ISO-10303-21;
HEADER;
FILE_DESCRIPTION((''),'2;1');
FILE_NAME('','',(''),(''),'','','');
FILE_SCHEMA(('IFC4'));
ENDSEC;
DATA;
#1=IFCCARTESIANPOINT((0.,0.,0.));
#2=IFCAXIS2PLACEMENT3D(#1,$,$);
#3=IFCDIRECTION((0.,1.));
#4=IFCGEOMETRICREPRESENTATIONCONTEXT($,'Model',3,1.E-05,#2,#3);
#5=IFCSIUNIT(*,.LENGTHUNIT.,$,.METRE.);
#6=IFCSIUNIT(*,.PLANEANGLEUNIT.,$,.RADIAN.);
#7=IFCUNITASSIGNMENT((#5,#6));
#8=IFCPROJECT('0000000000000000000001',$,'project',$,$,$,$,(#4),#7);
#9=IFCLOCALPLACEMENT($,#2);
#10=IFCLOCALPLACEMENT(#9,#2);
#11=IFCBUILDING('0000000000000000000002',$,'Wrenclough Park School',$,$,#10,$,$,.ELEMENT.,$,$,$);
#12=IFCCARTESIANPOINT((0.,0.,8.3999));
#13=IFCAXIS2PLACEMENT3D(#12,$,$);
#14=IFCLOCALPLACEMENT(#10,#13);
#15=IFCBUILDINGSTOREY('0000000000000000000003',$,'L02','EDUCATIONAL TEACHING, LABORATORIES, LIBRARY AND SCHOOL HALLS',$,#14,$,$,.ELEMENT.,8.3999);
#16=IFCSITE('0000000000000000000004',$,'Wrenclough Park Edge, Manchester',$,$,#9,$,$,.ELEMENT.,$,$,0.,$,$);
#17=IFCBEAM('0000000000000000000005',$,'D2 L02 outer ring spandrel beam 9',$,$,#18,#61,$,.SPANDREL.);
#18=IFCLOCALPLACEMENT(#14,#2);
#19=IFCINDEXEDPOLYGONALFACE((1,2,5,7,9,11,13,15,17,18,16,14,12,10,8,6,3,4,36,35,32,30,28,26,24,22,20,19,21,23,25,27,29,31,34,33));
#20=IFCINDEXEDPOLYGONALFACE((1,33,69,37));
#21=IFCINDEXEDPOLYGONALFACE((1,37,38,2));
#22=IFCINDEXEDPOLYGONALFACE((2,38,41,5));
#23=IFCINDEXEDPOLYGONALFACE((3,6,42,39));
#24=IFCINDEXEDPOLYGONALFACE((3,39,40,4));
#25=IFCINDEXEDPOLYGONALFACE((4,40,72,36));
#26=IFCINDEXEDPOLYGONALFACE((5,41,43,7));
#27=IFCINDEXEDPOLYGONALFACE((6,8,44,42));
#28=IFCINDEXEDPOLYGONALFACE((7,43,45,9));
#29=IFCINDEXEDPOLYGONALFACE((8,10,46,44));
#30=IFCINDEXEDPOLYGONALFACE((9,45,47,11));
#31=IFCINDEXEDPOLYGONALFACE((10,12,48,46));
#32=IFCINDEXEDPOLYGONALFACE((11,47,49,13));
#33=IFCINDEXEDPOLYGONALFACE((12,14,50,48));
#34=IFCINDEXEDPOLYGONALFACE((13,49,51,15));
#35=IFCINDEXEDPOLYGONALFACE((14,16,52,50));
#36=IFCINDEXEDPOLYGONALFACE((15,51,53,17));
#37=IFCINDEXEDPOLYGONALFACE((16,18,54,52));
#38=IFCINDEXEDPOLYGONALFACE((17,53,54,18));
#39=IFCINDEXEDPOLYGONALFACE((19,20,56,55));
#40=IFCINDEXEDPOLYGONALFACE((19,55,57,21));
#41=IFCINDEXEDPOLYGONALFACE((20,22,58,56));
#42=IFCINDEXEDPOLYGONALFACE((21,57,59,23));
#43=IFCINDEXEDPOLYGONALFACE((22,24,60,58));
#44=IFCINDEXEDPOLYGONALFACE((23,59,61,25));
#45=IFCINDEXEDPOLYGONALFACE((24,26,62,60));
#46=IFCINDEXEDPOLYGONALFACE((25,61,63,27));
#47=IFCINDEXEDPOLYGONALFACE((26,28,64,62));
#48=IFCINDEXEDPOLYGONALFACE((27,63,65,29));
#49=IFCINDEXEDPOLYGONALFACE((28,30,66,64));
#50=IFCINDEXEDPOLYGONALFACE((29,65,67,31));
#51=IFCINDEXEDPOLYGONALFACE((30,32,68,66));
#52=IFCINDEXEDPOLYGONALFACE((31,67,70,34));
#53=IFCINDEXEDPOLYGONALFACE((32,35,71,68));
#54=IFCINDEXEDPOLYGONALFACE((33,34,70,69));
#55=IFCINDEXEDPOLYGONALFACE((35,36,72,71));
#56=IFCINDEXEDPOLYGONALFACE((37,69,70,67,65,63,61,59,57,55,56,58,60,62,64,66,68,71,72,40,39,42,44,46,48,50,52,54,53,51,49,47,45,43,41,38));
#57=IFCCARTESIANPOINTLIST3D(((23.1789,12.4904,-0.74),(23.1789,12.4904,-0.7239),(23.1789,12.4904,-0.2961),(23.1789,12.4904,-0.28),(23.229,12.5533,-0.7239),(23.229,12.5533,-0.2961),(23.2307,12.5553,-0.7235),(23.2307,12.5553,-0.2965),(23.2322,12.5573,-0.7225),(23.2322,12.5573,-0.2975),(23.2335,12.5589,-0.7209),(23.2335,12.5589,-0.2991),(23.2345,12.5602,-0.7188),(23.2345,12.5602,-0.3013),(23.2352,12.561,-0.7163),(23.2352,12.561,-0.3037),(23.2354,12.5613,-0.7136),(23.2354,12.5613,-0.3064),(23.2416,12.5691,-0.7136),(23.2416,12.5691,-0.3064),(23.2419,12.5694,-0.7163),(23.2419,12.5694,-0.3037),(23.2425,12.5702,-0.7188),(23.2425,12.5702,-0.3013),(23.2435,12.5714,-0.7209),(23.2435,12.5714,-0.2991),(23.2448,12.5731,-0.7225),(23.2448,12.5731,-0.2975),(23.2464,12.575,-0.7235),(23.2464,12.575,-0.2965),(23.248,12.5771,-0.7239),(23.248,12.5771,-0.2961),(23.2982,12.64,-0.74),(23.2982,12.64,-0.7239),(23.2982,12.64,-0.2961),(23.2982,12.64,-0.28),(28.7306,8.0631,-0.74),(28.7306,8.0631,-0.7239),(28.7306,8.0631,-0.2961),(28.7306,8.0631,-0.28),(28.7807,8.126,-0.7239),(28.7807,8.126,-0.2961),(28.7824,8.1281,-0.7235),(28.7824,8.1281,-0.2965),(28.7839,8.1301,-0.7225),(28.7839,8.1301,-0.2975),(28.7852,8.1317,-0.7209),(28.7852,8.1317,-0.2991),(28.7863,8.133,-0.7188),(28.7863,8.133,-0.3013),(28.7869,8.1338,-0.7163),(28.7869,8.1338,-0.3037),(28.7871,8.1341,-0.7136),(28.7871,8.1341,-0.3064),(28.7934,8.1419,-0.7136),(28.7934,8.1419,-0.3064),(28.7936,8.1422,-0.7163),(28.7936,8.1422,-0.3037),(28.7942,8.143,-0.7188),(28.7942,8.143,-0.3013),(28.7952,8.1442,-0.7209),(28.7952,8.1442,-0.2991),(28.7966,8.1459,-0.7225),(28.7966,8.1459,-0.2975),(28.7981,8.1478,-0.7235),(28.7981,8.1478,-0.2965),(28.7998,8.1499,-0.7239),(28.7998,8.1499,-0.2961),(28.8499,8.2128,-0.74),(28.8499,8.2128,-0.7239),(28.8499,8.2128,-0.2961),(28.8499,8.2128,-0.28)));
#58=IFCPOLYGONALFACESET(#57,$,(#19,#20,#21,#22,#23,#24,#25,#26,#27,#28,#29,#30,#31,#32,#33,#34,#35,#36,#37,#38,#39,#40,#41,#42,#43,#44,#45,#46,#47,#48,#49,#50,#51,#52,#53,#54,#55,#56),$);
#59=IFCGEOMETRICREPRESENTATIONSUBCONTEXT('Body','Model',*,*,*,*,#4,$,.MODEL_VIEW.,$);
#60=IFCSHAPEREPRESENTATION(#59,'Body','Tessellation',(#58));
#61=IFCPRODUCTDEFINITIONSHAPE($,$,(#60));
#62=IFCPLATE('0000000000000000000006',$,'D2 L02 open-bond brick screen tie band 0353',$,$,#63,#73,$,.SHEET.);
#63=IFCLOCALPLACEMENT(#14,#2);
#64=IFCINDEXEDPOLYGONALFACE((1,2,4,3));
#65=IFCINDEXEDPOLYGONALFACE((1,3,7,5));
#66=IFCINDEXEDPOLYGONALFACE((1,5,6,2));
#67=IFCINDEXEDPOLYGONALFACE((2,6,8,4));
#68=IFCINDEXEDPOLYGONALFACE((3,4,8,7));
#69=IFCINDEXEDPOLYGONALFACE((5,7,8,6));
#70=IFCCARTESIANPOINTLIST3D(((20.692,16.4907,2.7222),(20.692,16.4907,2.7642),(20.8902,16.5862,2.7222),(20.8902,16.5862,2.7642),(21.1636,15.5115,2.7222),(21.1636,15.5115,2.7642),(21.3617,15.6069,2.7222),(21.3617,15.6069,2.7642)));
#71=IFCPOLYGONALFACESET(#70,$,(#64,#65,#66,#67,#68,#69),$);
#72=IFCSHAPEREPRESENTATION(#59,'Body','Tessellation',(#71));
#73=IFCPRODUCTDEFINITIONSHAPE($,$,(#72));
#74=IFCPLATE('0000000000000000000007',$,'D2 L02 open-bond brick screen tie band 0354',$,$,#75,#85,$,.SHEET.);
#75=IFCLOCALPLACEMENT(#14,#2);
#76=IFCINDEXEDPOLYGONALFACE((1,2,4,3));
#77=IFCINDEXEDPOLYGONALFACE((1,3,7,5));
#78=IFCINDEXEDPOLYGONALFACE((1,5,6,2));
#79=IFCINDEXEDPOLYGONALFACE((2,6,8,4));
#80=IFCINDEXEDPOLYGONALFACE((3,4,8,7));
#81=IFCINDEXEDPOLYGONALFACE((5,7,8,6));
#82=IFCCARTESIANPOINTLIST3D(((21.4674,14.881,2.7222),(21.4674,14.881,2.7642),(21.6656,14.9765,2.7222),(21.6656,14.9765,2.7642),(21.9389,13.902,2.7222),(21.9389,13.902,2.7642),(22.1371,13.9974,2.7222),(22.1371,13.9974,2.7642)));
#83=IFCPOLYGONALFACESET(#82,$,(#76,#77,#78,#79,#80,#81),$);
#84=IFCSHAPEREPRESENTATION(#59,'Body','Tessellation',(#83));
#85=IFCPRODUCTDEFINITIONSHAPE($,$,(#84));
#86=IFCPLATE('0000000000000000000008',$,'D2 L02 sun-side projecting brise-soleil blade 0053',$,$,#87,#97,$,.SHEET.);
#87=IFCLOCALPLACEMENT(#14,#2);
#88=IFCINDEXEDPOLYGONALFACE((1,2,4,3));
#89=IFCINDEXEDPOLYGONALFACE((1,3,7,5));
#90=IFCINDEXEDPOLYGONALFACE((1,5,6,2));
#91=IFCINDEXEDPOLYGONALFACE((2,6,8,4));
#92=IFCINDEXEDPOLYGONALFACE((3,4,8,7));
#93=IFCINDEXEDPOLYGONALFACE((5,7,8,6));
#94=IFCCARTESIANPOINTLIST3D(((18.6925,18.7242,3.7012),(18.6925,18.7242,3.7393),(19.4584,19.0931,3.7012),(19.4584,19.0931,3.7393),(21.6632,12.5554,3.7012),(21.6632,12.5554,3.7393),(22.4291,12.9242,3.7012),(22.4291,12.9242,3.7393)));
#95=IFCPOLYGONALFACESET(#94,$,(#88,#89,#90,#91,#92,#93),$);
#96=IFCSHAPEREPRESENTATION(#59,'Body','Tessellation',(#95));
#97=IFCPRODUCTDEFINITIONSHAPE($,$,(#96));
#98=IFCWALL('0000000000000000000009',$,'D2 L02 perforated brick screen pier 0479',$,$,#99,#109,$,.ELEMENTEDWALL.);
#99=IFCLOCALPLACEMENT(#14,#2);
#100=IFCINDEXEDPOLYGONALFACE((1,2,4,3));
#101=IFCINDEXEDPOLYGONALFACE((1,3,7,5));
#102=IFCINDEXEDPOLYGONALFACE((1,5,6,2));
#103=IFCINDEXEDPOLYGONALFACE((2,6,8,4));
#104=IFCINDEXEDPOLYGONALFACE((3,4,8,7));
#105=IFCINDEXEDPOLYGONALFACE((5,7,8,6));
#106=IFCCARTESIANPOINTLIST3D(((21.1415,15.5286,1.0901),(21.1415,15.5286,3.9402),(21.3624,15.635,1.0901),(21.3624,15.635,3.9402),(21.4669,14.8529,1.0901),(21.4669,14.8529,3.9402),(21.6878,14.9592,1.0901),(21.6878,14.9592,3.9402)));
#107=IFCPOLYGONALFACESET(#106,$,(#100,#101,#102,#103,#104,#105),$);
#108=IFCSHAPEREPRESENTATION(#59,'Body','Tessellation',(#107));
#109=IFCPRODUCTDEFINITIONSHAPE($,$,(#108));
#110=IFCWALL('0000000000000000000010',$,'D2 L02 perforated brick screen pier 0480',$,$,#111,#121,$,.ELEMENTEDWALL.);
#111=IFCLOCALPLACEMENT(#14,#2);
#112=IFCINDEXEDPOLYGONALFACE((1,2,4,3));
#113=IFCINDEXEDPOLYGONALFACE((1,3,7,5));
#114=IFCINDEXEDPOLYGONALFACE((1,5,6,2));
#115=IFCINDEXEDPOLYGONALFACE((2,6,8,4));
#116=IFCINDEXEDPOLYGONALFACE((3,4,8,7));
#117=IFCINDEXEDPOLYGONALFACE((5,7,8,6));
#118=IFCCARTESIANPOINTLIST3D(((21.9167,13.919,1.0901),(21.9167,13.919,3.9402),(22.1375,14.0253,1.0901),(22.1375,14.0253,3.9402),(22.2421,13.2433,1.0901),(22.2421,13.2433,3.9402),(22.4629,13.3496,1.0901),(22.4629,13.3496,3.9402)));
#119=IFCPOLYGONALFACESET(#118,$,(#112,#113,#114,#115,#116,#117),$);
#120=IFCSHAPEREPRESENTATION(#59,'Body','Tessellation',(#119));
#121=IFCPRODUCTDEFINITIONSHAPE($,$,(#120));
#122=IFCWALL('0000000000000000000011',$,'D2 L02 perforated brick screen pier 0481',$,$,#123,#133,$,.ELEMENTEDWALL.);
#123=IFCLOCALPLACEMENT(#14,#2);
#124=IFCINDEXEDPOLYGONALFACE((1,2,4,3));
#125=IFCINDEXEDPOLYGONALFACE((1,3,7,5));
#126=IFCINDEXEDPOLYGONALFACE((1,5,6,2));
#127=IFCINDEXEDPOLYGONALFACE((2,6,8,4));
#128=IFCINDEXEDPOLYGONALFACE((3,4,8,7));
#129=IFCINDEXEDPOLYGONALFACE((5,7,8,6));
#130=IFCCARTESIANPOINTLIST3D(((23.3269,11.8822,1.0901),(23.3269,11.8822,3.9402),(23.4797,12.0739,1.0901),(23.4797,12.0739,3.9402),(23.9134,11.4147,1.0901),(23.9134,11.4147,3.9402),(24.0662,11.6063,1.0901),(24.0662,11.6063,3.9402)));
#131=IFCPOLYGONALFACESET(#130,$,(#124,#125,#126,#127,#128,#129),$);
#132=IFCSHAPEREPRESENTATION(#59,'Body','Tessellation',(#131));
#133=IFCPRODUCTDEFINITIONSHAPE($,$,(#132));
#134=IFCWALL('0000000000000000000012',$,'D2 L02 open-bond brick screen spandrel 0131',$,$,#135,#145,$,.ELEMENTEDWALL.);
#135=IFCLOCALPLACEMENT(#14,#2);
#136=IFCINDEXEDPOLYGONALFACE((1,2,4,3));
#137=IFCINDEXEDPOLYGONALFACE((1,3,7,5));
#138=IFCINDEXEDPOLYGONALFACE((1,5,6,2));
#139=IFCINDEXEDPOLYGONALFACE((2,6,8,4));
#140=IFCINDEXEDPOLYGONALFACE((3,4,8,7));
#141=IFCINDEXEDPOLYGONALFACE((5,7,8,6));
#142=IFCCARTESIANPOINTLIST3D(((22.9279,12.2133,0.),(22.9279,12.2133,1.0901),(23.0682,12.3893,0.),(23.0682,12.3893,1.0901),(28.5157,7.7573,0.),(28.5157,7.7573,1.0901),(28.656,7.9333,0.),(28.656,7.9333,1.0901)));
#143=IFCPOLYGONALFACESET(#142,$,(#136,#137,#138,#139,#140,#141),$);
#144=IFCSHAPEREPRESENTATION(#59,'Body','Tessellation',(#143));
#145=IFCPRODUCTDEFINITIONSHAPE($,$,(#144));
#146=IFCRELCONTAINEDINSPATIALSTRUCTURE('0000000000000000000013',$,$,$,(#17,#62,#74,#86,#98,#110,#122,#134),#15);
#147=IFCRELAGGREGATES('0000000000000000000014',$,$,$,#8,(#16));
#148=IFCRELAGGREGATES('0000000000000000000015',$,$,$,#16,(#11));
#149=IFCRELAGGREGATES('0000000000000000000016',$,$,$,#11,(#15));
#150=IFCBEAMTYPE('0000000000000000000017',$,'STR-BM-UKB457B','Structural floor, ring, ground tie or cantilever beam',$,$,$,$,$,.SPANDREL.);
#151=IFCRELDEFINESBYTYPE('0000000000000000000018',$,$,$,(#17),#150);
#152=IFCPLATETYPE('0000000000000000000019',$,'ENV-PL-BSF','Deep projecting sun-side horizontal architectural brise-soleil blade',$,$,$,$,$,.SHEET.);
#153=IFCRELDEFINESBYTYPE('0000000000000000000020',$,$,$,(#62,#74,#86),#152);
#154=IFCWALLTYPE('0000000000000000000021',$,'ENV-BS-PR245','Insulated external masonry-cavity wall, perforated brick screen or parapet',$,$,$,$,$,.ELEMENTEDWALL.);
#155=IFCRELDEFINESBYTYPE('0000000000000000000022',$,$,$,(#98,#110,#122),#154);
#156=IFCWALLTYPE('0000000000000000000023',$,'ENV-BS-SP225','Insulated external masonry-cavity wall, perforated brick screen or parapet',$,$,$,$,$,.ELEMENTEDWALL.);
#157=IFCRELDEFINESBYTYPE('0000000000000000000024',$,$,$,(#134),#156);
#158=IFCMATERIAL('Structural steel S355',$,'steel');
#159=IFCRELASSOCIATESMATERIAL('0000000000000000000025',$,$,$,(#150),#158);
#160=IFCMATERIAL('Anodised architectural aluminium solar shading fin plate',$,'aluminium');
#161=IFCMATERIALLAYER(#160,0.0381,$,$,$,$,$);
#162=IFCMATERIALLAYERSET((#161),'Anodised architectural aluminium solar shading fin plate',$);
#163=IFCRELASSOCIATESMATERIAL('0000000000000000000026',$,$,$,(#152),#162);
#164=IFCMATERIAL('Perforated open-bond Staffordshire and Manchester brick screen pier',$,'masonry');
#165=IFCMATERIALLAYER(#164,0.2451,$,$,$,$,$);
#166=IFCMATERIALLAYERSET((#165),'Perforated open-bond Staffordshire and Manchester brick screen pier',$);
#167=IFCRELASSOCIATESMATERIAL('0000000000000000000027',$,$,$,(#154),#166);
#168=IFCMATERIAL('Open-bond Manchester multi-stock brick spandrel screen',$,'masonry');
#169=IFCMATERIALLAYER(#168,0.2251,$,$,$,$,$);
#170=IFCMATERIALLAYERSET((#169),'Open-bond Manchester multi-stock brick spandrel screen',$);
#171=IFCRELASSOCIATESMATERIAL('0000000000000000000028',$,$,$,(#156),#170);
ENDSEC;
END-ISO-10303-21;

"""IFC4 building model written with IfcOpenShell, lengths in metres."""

from ifc_helpers import new_model, si_unit, direction, frame, frame_2d, origin, origin_2d, place, context, subcontext, project, spatial, rectangle, i_section, extrude, material, layer, layer_set, material_profile, profile_set, type_object, element, save


model = new_model("IFC4")

# Units and contexts
model_context = context("Model", 3, precision=1e-05, world=origin(), true_north=direction((0.0, 1.0)))
body_context = subcontext(model_context, "Body", "Model", "MODEL_VIEW")
ifc_project = project(units=[si_unit("LENGTHUNIT", "METRE"), si_unit("PLANEANGLEUNIT", "RADIAN")], contexts=[model_context])

# Site, building, storey
site_placement = place(None, origin())
site = spatial("IfcSite", under=ifc_project, at=site_placement, Name="Wrenclough Park Edge, Manchester", CompositionType="ELEMENT", RefElevation=0.0)
building_placement = place(site_placement, origin())
building = spatial("IfcBuilding", under=site, at=building_placement, Name="Wrenclough Park School", CompositionType="ELEMENT")
storey_placement = place(building_placement, frame((0.0, 0.0, 8.3999)))
storey = spatial("IfcBuildingStorey", under=building, at=storey_placement, Name="L02", Description="EDUCATIONAL TEACHING, LABORATORIES, LIBRARY AND SCHOOL HALLS", CompositionType="ELEMENT", Elevation=8.3999)

# Beam
ifc_material_1 = material(Name="Structural steel S355", Category="steel")
ifc_material_profile_1 = material_profile(ifc_material_1, i_section(OverallWidth=0.1914, OverallDepth=0.46, WebThickness=0.01, FlangeThickness=0.0161, FilletRadius=0.0103, at=origin_2d()), Name="UKB 457x191x82")
ifc_profile_set_1 = profile_set([ifc_material_profile_1], Name="Structural steel S355")
beam_type = type_object("IfcBeamType", Name="STR-BM-UKB457B", Description="Structural floor, ring, ground tie or cantilever beam", PredefinedType="SPANDREL", material=ifc_profile_set_1)
beam_placement = place(storey_placement, frame((23.2385, 12.5652, -0.51), z_axis=(0.781841, -0.623478, 0.0), x_axis=(0.623478, 0.781841, 0.0)))
element("IfcBeam", 1, at=beam_placement, inside=storey, type_object=beam_type, Name="D2 L02 outer ring spandrel beam 9", PredefinedType="SPANDREL", context=body_context, shape_type="SweptSolid", body=[
    extrude(i_section(OverallWidth=0.1914, OverallDepth=0.46, WebThickness=0.01, FlangeThickness=0.0161, FilletRadius=0.0103, at=origin_2d()), origin(), (0.0, 0.0, 1.0), 7.1008),
])

# Plates
ifc_material_2 = material(Name="Anodised architectural aluminium solar shading fin plate", Category="aluminium")
ifc_layer_1 = layer(ifc_material_2, 0.0381)
ifc_layer_set_1 = layer_set([ifc_layer_1], Name="Anodised architectural aluminium solar shading fin plate")
plate_type = type_object("IfcPlateType", Name="ENV-PL-BSF", Description="Deep projecting sun-side horizontal architectural brise-soleil blade", PredefinedType="SHEET", material=ifc_layer_set_1)
plate_1_placement = place(storey_placement, frame((21.0269, 16.0488, 2.7222), z_axis=(0.0, 0.0, 1.0), x_axis=(0.433883, -0.900969, 0.0)))
element("IfcPlate", 2, at=plate_1_placement, inside=storey, type_object=plate_type, Name="D2 L02 open-bond brick screen tie band 0353", PredefinedType="SHEET", context=body_context, shape_type="SweptSolid", body=[
    extrude(rectangle(XDim=1.0869, YDim=0.22, at=origin_2d()), origin(), (0.0, 0.0, 1.0), 0.042),
])
plate_2_placement = place(storey_placement, frame((21.8022, 14.4392, 2.7222), z_axis=(0.0, 0.0, 1.0), x_axis=(0.433883, -0.900969, 0.0)))
element("IfcPlate", 3, at=plate_2_placement, inside=storey, type_object=plate_type, Name="D2 L02 open-bond brick screen tie band 0354", PredefinedType="SHEET", context=body_context, shape_type="SweptSolid", body=[
    extrude(rectangle(XDim=1.0867, YDim=0.22, at=origin_2d()), origin(), (0.0, 0.0, 1.0), 0.042),
])
plate_3_placement = place(storey_placement, frame((20.5608, 15.8242, 3.7012), z_axis=(0.0, 0.0, 1.0), x_axis=(0.433883, -0.900969, 0.0)))
element("IfcPlate", 4, at=plate_3_placement, inside=storey, type_object=plate_type, Name="D2 L02 sun-side projecting brise-soleil blade 0053", PredefinedType="SHEET", context=body_context, shape_type="SweptSolid", body=[
    extrude(rectangle(XDim=6.8469, YDim=0.8501, at=origin_2d()), origin(), (0.0, 0.0, 1.0), 0.0381),
])

# Walls
ifc_material_3 = material(Name="Perforated open-bond Staffordshire and Manchester brick screen pier", Category="masonry")
ifc_layer_2 = layer(ifc_material_3, 0.2451)
ifc_layer_set_2 = layer_set([ifc_layer_2], Name="Perforated open-bond Staffordshire and Manchester brick screen pier")
wall_type_1 = type_object("IfcWallType", Name="ENV-BS-PR245", Description="Insulated external masonry-cavity wall, perforated brick screen or parapet", PredefinedType="ELEMENTEDWALL", material=ifc_layer_set_2)
for number, where, z_axis, x_axis, name in (
    (5, (21.252, 15.5818, 1.0901), (0.0, 0.0, 1.0), (0.433884, -0.900969, 0.0), "D2 L02 perforated brick screen pier 0479"),
    (6, (22.0271, 13.9722, 1.0901), (0.0, 0.0, 1.0), (0.433884, -0.900969, 0.0), "D2 L02 perforated brick screen pier 0480"),
    (7, (23.4033, 11.978, 1.0901), (0.0, 0.0, 1.0), (0.781916, -0.623384, 0.0), "D2 L02 perforated brick screen pier 0481"),
):
    element("IfcWall", number, at=place(storey_placement, frame(where, z_axis=z_axis, x_axis=x_axis)), inside=storey, type_object=wall_type_1, Name=name, PredefinedType="ELEMENTEDWALL", context=body_context, shape_type="SweptSolid", body=[
        extrude(rectangle(XDim=0.75, YDim=0.2451, at=frame_2d((0.375, 0.0))), origin(), (0.0, 0.0, 1.0), 2.8501),
    ])
ifc_material_4 = material(Name="Open-bond Manchester multi-stock brick spandrel screen", Category="masonry")
ifc_layer_3 = layer(ifc_material_4, 0.2251)
ifc_layer_set_3 = layer_set([ifc_layer_3], Name="Open-bond Manchester multi-stock brick spandrel screen")
wall_type_2 = type_object("IfcWallType", Name="ENV-BS-SP225", Description="Insulated external masonry-cavity wall, perforated brick screen or parapet", PredefinedType="ELEMENTEDWALL", material=ifc_layer_set_3)
wall_1_placement = place(storey_placement, frame((22.998, 12.3013, 0.0), z_axis=(0.0, 0.0, 1.0), x_axis=(0.781841, -0.623478, 0.0)))
element("IfcWall", 8, at=wall_1_placement, inside=storey, type_object=wall_type_2, Name="D2 L02 open-bond brick screen spandrel 0131", PredefinedType="ELEMENTEDWALL", context=body_context, shape_type="SweptSolid", body=[
    extrude(rectangle(XDim=7.147, YDim=0.2251, at=frame_2d((3.5735, 0.0))), origin(), (0.0, 0.0, 1.0), 1.0901),
])

save(model, "model.ifc")
